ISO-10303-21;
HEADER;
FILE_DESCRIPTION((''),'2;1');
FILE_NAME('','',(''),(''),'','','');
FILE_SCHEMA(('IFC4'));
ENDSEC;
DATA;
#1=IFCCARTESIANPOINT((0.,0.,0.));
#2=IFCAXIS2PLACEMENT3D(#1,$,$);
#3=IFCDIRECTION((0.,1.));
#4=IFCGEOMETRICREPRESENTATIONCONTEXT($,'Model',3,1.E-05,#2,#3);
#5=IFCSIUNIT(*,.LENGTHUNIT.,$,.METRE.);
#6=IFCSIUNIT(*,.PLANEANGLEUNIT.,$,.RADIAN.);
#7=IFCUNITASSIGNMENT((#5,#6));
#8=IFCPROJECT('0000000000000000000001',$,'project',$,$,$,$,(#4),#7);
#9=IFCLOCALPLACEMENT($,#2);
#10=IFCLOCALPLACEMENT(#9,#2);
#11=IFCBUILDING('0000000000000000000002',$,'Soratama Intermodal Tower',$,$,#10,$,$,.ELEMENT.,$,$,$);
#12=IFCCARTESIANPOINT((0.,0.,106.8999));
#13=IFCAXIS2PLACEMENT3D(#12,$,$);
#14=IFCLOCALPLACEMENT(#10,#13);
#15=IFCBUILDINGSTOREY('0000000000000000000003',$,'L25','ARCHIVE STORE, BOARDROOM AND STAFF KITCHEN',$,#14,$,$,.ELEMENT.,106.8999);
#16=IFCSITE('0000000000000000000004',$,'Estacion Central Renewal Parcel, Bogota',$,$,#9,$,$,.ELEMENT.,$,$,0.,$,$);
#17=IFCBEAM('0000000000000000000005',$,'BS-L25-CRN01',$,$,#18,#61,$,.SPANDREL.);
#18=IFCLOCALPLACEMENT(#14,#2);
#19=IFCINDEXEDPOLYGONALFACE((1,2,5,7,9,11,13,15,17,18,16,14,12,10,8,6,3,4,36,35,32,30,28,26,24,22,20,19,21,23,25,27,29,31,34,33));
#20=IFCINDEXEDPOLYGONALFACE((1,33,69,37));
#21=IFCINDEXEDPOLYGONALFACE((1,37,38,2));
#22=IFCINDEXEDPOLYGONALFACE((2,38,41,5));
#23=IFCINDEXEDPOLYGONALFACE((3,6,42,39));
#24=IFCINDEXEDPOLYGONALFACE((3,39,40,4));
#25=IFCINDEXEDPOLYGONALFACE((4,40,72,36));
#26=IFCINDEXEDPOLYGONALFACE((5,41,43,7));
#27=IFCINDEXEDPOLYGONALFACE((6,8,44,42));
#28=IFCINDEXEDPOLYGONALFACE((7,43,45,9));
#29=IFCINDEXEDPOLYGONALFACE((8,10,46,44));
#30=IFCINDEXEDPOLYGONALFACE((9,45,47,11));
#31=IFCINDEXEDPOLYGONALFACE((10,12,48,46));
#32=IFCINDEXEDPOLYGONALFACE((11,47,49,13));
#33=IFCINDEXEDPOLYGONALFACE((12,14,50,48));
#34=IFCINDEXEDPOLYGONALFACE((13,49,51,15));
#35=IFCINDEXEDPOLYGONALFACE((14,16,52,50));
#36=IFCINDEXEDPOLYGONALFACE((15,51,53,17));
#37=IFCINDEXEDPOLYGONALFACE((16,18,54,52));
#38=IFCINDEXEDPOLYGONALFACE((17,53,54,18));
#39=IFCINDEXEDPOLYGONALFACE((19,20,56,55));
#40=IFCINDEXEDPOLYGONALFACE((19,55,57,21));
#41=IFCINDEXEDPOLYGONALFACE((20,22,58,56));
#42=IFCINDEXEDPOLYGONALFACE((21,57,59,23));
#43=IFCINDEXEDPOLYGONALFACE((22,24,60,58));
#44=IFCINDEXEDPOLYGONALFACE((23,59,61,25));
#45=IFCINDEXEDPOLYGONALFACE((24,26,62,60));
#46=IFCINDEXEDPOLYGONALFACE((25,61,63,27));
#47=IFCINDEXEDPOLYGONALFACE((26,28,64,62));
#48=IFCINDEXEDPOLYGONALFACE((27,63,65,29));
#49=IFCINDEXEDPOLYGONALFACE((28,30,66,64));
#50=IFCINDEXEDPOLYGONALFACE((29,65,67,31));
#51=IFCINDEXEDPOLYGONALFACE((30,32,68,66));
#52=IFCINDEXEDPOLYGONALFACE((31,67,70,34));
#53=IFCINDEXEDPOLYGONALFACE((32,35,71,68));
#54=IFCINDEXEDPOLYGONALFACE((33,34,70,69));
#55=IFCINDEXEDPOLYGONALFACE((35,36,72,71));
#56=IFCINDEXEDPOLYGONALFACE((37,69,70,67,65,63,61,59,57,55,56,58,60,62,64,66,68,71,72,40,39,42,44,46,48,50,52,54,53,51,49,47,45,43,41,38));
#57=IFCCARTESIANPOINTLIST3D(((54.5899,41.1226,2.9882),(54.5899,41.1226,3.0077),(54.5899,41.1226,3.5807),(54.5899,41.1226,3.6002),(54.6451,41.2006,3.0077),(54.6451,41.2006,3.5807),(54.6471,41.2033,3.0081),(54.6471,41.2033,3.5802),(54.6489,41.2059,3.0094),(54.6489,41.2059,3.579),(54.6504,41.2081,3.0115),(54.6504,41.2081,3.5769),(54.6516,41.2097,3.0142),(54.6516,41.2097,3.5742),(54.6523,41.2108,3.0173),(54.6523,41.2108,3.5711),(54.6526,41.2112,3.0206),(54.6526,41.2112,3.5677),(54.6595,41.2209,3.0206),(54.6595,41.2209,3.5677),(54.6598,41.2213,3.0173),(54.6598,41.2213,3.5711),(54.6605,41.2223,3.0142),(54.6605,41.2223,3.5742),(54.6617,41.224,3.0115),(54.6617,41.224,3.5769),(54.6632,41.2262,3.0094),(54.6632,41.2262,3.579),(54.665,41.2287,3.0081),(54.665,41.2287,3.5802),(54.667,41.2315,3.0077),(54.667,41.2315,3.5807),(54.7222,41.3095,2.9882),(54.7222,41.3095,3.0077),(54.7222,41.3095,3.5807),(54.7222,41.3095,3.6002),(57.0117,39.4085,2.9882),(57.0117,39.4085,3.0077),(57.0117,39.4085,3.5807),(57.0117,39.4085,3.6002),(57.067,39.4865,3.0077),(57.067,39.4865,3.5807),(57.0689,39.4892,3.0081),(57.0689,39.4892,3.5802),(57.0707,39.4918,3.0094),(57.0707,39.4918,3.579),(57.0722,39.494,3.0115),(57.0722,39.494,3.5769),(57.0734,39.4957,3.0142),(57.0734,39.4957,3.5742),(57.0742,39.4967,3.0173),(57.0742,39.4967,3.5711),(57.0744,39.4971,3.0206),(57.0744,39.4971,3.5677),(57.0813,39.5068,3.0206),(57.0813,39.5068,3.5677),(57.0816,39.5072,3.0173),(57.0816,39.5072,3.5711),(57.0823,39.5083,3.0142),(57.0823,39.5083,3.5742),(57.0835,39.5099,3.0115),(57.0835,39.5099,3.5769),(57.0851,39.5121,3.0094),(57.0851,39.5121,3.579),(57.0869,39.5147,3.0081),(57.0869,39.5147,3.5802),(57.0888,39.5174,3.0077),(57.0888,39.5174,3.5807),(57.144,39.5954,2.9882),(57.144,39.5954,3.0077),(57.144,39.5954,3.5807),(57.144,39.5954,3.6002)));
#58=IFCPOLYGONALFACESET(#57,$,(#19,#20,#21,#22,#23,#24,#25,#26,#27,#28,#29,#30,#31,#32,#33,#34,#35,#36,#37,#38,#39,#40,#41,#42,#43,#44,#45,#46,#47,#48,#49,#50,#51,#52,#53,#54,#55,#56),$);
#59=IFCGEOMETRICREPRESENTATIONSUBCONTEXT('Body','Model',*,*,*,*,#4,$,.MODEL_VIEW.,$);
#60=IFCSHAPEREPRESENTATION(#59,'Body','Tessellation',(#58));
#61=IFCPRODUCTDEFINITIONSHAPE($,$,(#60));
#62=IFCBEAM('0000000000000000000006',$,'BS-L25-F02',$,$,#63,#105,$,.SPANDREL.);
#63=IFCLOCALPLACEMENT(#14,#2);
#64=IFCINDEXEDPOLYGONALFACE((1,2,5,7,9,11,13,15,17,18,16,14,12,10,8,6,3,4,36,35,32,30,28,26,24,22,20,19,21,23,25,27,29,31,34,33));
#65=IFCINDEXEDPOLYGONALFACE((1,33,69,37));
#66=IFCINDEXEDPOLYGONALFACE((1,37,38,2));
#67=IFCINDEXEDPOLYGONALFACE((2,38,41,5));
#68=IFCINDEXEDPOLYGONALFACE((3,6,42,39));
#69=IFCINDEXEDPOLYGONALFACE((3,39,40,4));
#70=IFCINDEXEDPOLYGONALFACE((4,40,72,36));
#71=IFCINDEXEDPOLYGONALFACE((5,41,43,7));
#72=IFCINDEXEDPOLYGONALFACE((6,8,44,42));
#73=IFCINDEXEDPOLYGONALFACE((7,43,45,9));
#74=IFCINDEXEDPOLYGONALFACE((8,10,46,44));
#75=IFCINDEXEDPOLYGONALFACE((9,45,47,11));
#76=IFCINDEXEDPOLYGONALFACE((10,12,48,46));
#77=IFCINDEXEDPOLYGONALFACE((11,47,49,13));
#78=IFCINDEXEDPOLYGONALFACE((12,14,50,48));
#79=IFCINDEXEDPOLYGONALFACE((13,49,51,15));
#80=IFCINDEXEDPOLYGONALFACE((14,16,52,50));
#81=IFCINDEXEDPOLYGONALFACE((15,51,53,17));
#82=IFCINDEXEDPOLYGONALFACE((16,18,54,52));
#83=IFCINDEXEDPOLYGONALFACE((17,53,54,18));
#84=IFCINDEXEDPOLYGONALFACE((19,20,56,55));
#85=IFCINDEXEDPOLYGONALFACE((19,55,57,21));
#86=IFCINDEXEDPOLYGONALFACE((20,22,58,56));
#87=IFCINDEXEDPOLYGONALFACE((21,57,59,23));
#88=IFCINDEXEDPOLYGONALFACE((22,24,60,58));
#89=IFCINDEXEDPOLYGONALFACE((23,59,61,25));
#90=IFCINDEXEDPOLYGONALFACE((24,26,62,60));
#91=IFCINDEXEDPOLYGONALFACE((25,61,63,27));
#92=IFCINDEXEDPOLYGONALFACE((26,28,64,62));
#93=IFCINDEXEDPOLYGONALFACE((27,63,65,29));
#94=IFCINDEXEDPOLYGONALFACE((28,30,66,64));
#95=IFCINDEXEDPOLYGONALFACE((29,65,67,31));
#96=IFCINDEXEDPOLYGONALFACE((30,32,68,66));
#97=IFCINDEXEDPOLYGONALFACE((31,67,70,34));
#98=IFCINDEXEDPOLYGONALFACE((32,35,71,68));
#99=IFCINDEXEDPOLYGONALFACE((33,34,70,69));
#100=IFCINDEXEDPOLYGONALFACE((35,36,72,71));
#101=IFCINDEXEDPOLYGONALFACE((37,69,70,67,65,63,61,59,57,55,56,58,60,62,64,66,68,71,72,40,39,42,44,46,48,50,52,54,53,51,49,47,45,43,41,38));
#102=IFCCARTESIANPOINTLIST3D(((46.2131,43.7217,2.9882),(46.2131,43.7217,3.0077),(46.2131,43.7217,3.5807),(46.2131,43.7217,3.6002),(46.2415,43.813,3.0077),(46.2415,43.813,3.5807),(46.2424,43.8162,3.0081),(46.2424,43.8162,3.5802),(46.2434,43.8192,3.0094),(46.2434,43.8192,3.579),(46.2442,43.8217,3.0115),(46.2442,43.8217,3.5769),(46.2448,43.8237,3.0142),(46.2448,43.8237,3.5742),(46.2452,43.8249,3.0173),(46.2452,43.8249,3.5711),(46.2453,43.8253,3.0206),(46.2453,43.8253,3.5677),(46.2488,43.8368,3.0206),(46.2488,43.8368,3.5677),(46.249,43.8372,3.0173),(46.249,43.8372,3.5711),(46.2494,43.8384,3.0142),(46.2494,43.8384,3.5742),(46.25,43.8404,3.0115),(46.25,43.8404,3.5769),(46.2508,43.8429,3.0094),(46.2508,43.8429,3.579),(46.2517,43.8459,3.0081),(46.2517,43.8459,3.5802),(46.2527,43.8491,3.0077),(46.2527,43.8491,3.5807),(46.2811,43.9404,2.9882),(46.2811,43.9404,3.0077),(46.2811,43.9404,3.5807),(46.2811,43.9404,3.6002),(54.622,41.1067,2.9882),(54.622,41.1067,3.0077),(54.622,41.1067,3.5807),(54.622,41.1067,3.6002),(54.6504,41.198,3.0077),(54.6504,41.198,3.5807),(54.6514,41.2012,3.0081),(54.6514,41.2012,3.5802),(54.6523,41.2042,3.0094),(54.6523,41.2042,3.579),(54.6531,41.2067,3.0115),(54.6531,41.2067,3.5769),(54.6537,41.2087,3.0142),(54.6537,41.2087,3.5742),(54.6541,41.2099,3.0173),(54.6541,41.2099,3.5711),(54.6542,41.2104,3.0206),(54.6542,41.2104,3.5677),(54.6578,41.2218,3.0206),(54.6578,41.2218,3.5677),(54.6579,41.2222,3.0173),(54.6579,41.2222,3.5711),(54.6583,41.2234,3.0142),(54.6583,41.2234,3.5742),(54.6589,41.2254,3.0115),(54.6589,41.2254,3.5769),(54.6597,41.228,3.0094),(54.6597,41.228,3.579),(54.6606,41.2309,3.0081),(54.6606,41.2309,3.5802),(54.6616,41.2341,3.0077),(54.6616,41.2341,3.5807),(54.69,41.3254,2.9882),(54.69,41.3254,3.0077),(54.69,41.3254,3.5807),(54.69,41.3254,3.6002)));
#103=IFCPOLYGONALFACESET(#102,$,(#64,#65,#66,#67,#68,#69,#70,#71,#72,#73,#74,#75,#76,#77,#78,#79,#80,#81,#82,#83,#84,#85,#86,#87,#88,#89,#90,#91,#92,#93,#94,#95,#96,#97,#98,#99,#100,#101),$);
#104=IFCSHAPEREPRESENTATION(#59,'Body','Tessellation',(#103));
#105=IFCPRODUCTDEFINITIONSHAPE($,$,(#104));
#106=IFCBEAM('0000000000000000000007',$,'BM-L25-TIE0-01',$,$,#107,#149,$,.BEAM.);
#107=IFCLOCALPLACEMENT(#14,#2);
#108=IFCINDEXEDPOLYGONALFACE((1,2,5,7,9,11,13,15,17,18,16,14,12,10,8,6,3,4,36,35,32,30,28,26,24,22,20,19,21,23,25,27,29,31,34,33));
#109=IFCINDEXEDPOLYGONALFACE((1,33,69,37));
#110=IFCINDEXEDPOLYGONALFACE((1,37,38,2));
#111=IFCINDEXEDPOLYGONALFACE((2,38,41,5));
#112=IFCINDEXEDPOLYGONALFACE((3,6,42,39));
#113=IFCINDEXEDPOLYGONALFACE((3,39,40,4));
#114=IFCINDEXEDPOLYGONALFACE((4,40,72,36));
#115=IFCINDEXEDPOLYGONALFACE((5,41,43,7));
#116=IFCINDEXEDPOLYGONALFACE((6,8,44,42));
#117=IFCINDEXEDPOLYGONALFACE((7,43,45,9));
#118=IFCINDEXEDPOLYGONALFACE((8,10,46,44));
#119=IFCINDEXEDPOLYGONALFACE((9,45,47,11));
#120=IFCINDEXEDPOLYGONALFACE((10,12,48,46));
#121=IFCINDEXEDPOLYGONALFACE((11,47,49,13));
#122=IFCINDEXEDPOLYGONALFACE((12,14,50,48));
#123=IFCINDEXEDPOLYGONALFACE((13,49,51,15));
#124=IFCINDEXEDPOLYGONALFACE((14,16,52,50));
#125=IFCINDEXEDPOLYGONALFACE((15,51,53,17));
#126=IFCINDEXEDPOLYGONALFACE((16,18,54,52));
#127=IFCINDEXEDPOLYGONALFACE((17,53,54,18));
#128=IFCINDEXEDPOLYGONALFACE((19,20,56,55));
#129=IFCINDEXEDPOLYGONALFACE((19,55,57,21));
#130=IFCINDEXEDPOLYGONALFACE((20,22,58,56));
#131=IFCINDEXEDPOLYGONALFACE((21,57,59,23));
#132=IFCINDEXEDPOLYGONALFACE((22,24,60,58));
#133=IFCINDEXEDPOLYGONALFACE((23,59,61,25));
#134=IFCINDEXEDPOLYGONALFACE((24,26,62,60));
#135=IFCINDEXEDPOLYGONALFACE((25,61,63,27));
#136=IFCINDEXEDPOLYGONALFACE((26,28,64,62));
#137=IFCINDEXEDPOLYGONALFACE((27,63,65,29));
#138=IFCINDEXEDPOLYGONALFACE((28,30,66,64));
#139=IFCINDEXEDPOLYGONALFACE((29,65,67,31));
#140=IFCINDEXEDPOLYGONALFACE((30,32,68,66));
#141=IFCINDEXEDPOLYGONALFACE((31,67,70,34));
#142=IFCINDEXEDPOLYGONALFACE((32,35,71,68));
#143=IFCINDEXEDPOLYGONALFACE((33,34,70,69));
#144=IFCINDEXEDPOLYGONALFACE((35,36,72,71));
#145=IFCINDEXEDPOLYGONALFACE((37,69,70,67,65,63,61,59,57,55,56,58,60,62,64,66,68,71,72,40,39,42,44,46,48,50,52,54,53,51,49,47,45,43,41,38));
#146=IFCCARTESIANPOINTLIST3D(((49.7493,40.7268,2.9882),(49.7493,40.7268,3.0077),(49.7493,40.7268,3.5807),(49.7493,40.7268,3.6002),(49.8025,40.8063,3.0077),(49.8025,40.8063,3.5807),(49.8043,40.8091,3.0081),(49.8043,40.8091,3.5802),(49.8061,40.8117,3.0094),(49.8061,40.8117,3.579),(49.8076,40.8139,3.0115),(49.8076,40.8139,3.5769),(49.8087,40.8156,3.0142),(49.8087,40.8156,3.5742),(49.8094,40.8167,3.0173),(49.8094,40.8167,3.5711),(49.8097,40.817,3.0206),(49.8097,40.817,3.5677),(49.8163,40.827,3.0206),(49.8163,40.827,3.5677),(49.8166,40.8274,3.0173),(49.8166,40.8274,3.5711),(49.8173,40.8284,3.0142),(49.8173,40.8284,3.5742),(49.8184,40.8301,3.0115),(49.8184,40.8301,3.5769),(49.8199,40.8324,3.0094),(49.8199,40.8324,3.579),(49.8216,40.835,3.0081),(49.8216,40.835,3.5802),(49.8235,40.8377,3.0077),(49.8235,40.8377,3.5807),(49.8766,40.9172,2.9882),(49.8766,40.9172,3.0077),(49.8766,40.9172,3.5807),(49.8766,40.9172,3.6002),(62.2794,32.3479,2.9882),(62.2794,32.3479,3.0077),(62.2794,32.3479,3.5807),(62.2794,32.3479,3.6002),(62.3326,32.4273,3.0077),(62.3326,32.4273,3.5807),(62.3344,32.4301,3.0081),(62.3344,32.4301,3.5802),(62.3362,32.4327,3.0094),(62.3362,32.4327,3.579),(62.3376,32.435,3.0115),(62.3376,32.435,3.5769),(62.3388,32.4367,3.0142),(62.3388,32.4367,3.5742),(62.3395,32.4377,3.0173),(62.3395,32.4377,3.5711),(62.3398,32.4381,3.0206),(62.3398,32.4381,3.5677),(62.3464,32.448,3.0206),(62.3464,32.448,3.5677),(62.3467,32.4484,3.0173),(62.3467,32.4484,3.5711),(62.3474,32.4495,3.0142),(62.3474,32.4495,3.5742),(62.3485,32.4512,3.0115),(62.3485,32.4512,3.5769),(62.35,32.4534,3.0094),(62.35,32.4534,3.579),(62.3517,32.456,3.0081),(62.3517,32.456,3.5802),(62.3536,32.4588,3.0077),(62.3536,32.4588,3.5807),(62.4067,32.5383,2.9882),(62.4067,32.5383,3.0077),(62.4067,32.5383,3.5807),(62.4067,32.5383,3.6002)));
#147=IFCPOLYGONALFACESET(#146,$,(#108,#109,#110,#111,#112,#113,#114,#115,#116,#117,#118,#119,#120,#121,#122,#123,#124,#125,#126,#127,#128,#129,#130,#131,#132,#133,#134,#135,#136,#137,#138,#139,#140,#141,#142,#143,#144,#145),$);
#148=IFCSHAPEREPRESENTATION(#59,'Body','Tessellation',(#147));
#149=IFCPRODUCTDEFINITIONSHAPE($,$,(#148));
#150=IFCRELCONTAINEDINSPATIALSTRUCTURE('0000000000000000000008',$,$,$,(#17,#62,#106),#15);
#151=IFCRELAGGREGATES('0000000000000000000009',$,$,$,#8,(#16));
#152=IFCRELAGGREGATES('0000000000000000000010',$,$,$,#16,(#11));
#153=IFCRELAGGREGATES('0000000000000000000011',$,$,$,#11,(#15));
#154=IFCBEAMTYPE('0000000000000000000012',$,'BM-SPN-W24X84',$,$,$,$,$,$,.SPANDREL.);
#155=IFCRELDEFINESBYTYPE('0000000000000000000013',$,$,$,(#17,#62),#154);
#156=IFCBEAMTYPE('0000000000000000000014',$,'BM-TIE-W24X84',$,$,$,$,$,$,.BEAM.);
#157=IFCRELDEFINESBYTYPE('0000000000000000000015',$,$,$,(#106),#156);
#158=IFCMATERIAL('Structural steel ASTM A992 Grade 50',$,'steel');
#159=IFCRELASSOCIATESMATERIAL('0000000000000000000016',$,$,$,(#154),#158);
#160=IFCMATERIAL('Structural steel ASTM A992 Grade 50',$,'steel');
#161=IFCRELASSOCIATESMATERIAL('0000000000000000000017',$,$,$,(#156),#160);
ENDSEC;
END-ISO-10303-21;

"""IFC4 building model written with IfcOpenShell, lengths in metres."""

from ifc_helpers import new_model, si_unit, direction, frame, origin, origin_2d, place, context, subcontext, project, spatial, i_section, extrude, material, material_profile, profile_set, type_object, element, save


model = new_model("IFC4")

# Units and contexts
model_context = context("Model", 3, precision=1e-05, world=origin(), true_north=direction((0.0, 1.0)))
body_context = subcontext(model_context, "Body", "Model", "MODEL_VIEW")
ifc_project = project(units=[si_unit("LENGTHUNIT", "METRE"), si_unit("PLANEANGLEUNIT", "RADIAN")], contexts=[model_context])

# Site, building, storey
site_placement = place(None, origin())
site = spatial("IfcSite", under=ifc_project, at=site_placement, Name="Estacion Central Renewal Parcel, Bogota", CompositionType="ELEMENT", RefElevation=0.0)
building_placement = place(site_placement, origin())
building = spatial("IfcBuilding", under=site, at=building_placement, Name="Soratama Intermodal Tower", CompositionType="ELEMENT")
storey_placement = place(building_placement, frame((0.0, 0.0, 106.8999)))
storey = spatial("IfcBuildingStorey", under=building, at=storey_placement, Name="L25", Description="ARCHIVE STORE, BOARDROOM AND STAFF KITCHEN", CompositionType="ELEMENT", Elevation=106.8999)

# Beams
ifc_material_1 = material(Name="Structural steel ASTM A992 Grade 50", Category="steel")
ifc_material_profile_1 = material_profile(ifc_material_1, i_section(OverallWidth=0.229, OverallDepth=0.6121, WebThickness=0.012, FlangeThickness=0.0195, FilletRadius=0.0129, at=origin_2d()), Name="W24X84")
ifc_profile_set_1 = profile_set([ifc_material_profile_1], Name="Structural steel ASTM A992 Grade 50")
beam_type_1 = type_object("IfcBeamType", Name="BM-SPN-W24X84", PredefinedType="SPANDREL", material=ifc_profile_set_1)
beam_1_placement = place(storey_placement, frame((57.0779, 39.502, 3.2942), z_axis=(-0.816244, 0.577707, 0.0), x_axis=(-0.577707, -0.816244, 0.0)))
element("IfcBeam", 1, at=beam_1_placement, inside=storey, type_object=beam_type_1, Name="BS-L25-CRN01", PredefinedType="SPANDREL", context=body_context, shape_type="SweptSolid", body=[
    extrude(i_section(OverallWidth=0.229, OverallDepth=0.6121, WebThickness=0.012, FlangeThickness=0.0195, FilletRadius=0.0129, at=origin_2d()), origin(), (0.0, 0.0, 1.0), 2.967),
])
beam_2_placement = place(storey_placement, frame((54.656, 41.2161, 3.2942), z_axis=(-0.954893, 0.29695, 0.0), x_axis=(-0.29695, -0.954893, 0.0)))
element("IfcBeam", 2, at=beam_2_placement, inside=storey, type_object=beam_type_1, Name="BS-L25-F02", PredefinedType="SPANDREL", context=body_context, shape_type="SweptSolid", body=[
    extrude(i_section(OverallWidth=0.229, OverallDepth=0.6121, WebThickness=0.012, FlangeThickness=0.0195, FilletRadius=0.0129, at=origin_2d()), origin(), (0.0, 0.0, 1.0), 8.8062),
])
ifc_material_2 = material(Name="Structural steel ASTM A992 Grade 50", Category="steel")
ifc_material_profile_2 = material_profile(ifc_material_2, i_section(OverallWidth=0.229, OverallDepth=0.6121, WebThickness=0.012, FlangeThickness=0.0195, FilletRadius=0.0129, at=origin_2d()), Name="W24X84")
ifc_profile_set_2 = profile_set([ifc_material_profile_2], Name="Structural steel ASTM A992 Grade 50")
beam_type_2 = type_object("IfcBeamType", Name="BM-TIE-W24X84", PredefinedType="BEAM", material=ifc_profile_set_2)
beam_3_placement = place(storey_placement, frame((49.813, 40.822, 3.2942), z_axis=(0.831267, -0.555873, 0.0), x_axis=(0.555873, 0.831267, 0.0)))
element("IfcBeam", 3, at=beam_3_placement, inside=storey, type_object=beam_type_2, Name="BM-L25-TIE0-01", PredefinedType="BEAM", context=body_context, shape_type="SweptSolid", body=[
    extrude(i_section(OverallWidth=0.229, OverallDepth=0.6121, WebThickness=0.012, FlangeThickness=0.0195, FilletRadius=0.0129, at=origin_2d()), origin(), (0.0, 0.0, 1.0), 15.0735),
])

save(model, "model.ifc")
